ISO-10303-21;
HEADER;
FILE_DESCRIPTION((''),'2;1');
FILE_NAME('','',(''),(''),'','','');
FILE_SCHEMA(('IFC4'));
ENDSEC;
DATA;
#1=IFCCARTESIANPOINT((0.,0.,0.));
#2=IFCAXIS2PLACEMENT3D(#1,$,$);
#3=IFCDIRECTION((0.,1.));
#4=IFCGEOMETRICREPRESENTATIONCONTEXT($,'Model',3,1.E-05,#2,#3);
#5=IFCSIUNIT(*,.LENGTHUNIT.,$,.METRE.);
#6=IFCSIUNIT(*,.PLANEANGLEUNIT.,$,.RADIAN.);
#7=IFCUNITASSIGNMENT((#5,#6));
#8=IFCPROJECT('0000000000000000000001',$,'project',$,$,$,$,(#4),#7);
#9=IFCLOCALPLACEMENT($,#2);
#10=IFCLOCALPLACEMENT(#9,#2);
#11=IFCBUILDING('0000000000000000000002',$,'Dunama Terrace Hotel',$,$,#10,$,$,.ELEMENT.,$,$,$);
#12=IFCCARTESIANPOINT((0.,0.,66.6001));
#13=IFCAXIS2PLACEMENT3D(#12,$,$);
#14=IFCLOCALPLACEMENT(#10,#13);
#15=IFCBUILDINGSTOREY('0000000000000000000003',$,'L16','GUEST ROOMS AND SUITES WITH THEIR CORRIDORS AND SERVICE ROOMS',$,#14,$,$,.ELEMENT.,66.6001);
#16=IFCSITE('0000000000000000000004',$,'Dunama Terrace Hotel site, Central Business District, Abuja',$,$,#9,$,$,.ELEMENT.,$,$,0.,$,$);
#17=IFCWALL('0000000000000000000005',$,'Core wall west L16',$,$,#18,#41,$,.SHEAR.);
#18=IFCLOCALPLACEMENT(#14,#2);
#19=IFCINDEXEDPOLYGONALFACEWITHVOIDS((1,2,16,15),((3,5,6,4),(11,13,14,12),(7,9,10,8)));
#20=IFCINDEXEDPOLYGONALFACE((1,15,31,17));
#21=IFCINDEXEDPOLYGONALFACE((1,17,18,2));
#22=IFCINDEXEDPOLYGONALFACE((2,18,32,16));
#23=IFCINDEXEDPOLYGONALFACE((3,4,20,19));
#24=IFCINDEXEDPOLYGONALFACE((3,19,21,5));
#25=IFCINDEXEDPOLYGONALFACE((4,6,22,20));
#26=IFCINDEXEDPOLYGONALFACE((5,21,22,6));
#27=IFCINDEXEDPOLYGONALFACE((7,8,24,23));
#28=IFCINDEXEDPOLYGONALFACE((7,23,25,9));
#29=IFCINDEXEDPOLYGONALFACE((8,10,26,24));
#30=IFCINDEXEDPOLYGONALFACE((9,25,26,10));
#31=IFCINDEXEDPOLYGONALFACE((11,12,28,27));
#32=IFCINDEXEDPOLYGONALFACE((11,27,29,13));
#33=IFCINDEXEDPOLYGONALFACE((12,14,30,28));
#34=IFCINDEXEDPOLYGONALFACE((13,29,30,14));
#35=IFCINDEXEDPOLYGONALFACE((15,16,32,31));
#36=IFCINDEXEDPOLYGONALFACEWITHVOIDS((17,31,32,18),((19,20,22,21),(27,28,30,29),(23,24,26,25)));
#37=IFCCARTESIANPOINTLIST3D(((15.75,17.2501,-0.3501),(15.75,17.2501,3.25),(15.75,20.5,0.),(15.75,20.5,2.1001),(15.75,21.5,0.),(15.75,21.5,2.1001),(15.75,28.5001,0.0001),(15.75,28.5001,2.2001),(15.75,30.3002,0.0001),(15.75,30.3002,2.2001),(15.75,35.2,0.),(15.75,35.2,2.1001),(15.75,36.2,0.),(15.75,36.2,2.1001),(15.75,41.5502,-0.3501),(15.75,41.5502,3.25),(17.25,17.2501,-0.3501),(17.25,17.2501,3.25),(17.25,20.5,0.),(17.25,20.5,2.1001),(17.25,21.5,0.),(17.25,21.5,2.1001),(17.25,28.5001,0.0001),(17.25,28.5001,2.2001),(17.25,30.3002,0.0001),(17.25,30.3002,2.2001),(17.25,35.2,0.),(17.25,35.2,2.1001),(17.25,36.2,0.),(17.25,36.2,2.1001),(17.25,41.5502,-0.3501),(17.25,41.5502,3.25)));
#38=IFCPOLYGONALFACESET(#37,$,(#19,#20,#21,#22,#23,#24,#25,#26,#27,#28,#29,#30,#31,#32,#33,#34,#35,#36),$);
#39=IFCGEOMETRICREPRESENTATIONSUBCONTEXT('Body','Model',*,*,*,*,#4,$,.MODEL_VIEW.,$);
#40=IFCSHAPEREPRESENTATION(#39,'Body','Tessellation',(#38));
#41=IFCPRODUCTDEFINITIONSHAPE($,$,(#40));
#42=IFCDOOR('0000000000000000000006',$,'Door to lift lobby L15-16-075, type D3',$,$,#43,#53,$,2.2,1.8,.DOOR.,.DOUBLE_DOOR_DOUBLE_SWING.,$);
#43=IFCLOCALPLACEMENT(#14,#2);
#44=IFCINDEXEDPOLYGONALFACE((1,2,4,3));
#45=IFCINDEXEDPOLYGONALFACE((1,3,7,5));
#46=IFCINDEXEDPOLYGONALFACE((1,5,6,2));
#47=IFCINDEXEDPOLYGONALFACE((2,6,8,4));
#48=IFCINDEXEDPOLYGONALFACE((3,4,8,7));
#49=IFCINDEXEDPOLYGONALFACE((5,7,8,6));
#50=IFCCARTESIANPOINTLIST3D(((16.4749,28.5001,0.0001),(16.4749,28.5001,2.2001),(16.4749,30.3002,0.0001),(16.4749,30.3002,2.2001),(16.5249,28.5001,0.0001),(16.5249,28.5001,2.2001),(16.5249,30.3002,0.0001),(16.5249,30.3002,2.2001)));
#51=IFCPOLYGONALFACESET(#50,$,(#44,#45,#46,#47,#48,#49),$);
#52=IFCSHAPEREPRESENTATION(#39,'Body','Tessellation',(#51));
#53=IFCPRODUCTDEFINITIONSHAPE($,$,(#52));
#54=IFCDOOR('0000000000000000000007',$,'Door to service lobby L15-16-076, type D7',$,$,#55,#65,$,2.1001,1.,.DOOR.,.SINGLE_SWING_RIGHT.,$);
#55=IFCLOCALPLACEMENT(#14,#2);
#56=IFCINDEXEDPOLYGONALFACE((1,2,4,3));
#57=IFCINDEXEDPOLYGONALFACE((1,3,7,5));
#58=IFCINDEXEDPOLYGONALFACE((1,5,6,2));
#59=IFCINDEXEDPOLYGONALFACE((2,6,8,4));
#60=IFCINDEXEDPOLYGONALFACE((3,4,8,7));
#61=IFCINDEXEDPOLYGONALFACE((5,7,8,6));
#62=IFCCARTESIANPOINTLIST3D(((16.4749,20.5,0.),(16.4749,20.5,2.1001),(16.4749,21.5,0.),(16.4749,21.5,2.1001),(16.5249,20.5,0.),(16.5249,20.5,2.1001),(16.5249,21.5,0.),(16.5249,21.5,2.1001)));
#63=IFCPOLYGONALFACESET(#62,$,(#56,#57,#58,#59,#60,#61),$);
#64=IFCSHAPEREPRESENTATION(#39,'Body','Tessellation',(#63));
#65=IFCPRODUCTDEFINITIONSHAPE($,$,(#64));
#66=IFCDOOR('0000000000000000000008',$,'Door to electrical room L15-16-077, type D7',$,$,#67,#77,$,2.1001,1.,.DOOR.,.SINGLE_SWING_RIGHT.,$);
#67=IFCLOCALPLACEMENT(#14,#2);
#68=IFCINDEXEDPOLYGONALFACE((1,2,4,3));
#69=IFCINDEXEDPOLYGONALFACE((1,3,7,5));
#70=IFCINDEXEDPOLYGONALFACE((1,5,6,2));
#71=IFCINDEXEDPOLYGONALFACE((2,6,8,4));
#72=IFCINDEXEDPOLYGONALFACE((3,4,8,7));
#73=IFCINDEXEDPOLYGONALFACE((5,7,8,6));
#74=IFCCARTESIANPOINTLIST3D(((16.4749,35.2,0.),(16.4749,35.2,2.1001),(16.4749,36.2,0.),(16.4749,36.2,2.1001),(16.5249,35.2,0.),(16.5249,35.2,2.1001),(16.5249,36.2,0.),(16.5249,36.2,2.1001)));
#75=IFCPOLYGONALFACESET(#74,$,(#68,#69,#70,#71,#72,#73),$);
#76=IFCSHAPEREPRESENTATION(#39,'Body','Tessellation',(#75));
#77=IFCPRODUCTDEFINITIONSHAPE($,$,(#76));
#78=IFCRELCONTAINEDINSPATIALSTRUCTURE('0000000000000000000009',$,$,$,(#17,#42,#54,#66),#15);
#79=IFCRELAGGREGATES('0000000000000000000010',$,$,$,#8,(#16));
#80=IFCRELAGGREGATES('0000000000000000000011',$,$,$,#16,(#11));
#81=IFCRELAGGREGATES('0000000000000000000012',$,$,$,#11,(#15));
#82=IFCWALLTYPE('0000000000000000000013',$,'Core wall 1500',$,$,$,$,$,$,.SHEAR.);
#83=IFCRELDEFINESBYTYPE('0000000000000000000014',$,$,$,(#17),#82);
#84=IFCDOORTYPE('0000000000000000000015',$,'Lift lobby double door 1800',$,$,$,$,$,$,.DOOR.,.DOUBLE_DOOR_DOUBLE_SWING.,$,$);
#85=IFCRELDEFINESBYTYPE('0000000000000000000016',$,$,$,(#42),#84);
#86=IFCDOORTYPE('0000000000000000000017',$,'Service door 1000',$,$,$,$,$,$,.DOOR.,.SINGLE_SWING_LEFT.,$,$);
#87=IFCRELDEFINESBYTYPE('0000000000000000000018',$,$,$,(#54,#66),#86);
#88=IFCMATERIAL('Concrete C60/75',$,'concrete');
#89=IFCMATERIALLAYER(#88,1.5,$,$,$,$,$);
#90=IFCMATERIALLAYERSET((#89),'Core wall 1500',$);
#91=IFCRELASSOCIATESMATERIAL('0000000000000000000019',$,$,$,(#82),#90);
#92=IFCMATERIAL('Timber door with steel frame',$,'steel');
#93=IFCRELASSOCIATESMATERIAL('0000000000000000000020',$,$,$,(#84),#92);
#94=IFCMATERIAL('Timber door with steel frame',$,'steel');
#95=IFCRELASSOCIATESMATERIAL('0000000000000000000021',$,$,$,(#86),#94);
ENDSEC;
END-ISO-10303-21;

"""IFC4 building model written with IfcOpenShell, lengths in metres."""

from ifc_helpers import new_model, si_unit, direction, frame, frame_2d, origin, place, context, subcontext, project, spatial, rectangle, extrude, material, layer, layer_set, type_object, element, fill, save


model = new_model("IFC4")

# Units and contexts
model_context = context("Model", 3, precision=1e-05, world=origin(), true_north=direction((0.0, 1.0)))
body_context = subcontext(model_context, "Body", "Model", "MODEL_VIEW")
ifc_project = project(units=[si_unit("LENGTHUNIT", "METRE"), si_unit("PLANEANGLEUNIT", "RADIAN")], contexts=[model_context])

# Site, building, storey
site_placement = place(None, origin())
site = spatial("IfcSite", under=ifc_project, at=site_placement, Name="Dunama Terrace Hotel site, Central Business District, Abuja", CompositionType="ELEMENT", RefElevation=0.0)
building_placement = place(site_placement, origin())
building = spatial("IfcBuilding", under=site, at=building_placement, Name="Dunama Terrace Hotel", CompositionType="ELEMENT")
storey_placement = place(building_placement, frame((0.0, 0.0, 66.6001)))
storey = spatial("IfcBuildingStorey", under=building, at=storey_placement, Name="L16", Description="GUEST ROOMS AND SUITES WITH THEIR CORRIDORS AND SERVICE ROOMS", CompositionType="ELEMENT", Elevation=66.6001)

# Wall, openings, doors
ifc_material_1 = material(Name="Concrete C60/75", Category="concrete")
ifc_layer_1 = layer(ifc_material_1, 1.5)
ifc_layer_set_1 = layer_set([ifc_layer_1], Name="Core wall 1500")
wall_type_1 = type_object("IfcWallType", Name="Core wall 1500", PredefinedType="SHEAR", material=ifc_layer_set_1)
wall_1_placement = place(storey_placement, frame((16.5, 41.55, -0.3501), z_axis=(0.0, 0.0, 1.0), x_axis=(0.0, -1.0, 0.0)))
wall_1 = element("IfcWall", 1, at=wall_1_placement, inside=storey, type_object=wall_type_1, Name="Core wall west L16", PredefinedType="SHEAR", context=body_context, shape_type="SweptSolid", body=[
    extrude(rectangle(XDim=24.3, YDim=1.5, at=frame_2d((12.1499, 0.0))), origin(), (0.0, 0.0, 1.0), 3.6001),
])
opening_1_placement = place(wall_1_placement, frame((11.25, 0.0, 0.3501)))
opening_1 = element("IfcOpeningElement", 2, at=opening_1_placement, cuts=wall_1, PredefinedType="OPENING", context=body_context, shape_type="SweptSolid", body=[
    extrude(rectangle(XDim=1.8, YDim=2.2, at=frame_2d((0.8999, 1.1001))), frame((0.0, 0.76, 0.0), z_axis=(0.0, -1.0, 0.0), x_axis=(1.0, 0.0, 0.0)), (0.0, 0.0, 1.0), 1.52),
])
opening_2_placement = place(wall_1_placement, frame((20.05, 0.0, 0.3501)))
opening_2 = element("IfcOpeningElement", 3, at=opening_2_placement, cuts=wall_1, PredefinedType="OPENING", context=body_context, shape_type="SweptSolid", body=[
    extrude(rectangle(XDim=1.0, YDim=2.1001, at=frame_2d((0.5, 1.05))), frame((0.0, 0.76, 0.0), z_axis=(0.0, -1.0, 0.0), x_axis=(1.0, 0.0, 0.0)), (0.0, 0.0, 1.0), 1.52),
])
opening_3_placement = place(wall_1_placement, frame((5.3501, 0.0, 0.3501)))
opening_3 = element("IfcOpeningElement", 4, at=opening_3_placement, cuts=wall_1, PredefinedType="OPENING", context=body_context, shape_type="SweptSolid", body=[
    extrude(rectangle(XDim=1.0, YDim=2.1001, at=frame_2d((0.5, 1.05))), frame((0.0, 0.76, 0.0), z_axis=(0.0, -1.0, 0.0), x_axis=(1.0, 0.0, 0.0)), (0.0, 0.0, 1.0), 1.52),
])
ifc_material_2 = material(Name="Timber door with steel frame", Category="steel")
door_type_1 = type_object("IfcDoorType", Name="Lift lobby double door 1800", OperationType="DOUBLE_DOOR_DOUBLE_SWING", PredefinedType="DOOR", material=ifc_material_2)
door_1_placement = place(opening_1_placement, origin())
door_1 = element("IfcDoor", 5, at=door_1_placement, inside=storey, type_object=door_type_1, Name="Door to lift lobby L15-16-075, type D3", OperationType="DOUBLE_DOOR_DOUBLE_SWING", OverallHeight=2.2, OverallWidth=1.8, PredefinedType="DOOR", context=body_context, shape_type="SweptSolid", body=[
    extrude(rectangle(XDim=1.8, YDim=2.2, at=frame_2d((0.8999, 1.1001))), frame((0.0, 0.0249, 0.0), z_axis=(0.0, -1.0, 0.0), x_axis=(1.0, 0.0, 0.0)), (0.0, 0.0, 1.0), 0.05),
])
fill(opening_1, door_1)
ifc_material_3 = material(Name="Timber door with steel frame", Category="steel")
door_type_2 = type_object("IfcDoorType", Name="Service door 1000", OperationType="SINGLE_SWING_LEFT", PredefinedType="DOOR", material=ifc_material_3)
door_2_placement = place(opening_2_placement, origin())
door_2 = element("IfcDoor", 6, at=door_2_placement, inside=storey, type_object=door_type_2, Name="Door to service lobby L15-16-076, type D7", OperationType="SINGLE_SWING_RIGHT", OverallHeight=2.1001, OverallWidth=1.0, PredefinedType="DOOR", context=body_context, shape_type="SweptSolid", body=[
    extrude(rectangle(XDim=1.0, YDim=2.1001, at=frame_2d((0.5, 1.05))), frame((0.0, 0.0249, 0.0), z_axis=(0.0, -1.0, 0.0), x_axis=(1.0, 0.0, 0.0)), (0.0, 0.0, 1.0), 0.05),
])
fill(opening_2, door_2)
door_3_placement = place(opening_3_placement, origin())
door_3 = element("IfcDoor", 7, at=door_3_placement, inside=storey, type_object=door_type_2, Name="Door to electrical room L15-16-077, type D7", OperationType="SINGLE_SWING_RIGHT", OverallHeight=2.1001, OverallWidth=1.0, PredefinedType="DOOR", context=body_context, shape_type="SweptSolid", body=[
    extrude(rectangle(XDim=1.0, YDim=2.1001, at=frame_2d((0.5, 1.05))), frame((0.0, 0.0249, 0.0), z_axis=(0.0, -1.0, 0.0), x_axis=(1.0, 0.0, 0.0)), (0.0, 0.0, 1.0), 0.05),
])
fill(opening_3, door_3)

save(model, "model.ifc")
